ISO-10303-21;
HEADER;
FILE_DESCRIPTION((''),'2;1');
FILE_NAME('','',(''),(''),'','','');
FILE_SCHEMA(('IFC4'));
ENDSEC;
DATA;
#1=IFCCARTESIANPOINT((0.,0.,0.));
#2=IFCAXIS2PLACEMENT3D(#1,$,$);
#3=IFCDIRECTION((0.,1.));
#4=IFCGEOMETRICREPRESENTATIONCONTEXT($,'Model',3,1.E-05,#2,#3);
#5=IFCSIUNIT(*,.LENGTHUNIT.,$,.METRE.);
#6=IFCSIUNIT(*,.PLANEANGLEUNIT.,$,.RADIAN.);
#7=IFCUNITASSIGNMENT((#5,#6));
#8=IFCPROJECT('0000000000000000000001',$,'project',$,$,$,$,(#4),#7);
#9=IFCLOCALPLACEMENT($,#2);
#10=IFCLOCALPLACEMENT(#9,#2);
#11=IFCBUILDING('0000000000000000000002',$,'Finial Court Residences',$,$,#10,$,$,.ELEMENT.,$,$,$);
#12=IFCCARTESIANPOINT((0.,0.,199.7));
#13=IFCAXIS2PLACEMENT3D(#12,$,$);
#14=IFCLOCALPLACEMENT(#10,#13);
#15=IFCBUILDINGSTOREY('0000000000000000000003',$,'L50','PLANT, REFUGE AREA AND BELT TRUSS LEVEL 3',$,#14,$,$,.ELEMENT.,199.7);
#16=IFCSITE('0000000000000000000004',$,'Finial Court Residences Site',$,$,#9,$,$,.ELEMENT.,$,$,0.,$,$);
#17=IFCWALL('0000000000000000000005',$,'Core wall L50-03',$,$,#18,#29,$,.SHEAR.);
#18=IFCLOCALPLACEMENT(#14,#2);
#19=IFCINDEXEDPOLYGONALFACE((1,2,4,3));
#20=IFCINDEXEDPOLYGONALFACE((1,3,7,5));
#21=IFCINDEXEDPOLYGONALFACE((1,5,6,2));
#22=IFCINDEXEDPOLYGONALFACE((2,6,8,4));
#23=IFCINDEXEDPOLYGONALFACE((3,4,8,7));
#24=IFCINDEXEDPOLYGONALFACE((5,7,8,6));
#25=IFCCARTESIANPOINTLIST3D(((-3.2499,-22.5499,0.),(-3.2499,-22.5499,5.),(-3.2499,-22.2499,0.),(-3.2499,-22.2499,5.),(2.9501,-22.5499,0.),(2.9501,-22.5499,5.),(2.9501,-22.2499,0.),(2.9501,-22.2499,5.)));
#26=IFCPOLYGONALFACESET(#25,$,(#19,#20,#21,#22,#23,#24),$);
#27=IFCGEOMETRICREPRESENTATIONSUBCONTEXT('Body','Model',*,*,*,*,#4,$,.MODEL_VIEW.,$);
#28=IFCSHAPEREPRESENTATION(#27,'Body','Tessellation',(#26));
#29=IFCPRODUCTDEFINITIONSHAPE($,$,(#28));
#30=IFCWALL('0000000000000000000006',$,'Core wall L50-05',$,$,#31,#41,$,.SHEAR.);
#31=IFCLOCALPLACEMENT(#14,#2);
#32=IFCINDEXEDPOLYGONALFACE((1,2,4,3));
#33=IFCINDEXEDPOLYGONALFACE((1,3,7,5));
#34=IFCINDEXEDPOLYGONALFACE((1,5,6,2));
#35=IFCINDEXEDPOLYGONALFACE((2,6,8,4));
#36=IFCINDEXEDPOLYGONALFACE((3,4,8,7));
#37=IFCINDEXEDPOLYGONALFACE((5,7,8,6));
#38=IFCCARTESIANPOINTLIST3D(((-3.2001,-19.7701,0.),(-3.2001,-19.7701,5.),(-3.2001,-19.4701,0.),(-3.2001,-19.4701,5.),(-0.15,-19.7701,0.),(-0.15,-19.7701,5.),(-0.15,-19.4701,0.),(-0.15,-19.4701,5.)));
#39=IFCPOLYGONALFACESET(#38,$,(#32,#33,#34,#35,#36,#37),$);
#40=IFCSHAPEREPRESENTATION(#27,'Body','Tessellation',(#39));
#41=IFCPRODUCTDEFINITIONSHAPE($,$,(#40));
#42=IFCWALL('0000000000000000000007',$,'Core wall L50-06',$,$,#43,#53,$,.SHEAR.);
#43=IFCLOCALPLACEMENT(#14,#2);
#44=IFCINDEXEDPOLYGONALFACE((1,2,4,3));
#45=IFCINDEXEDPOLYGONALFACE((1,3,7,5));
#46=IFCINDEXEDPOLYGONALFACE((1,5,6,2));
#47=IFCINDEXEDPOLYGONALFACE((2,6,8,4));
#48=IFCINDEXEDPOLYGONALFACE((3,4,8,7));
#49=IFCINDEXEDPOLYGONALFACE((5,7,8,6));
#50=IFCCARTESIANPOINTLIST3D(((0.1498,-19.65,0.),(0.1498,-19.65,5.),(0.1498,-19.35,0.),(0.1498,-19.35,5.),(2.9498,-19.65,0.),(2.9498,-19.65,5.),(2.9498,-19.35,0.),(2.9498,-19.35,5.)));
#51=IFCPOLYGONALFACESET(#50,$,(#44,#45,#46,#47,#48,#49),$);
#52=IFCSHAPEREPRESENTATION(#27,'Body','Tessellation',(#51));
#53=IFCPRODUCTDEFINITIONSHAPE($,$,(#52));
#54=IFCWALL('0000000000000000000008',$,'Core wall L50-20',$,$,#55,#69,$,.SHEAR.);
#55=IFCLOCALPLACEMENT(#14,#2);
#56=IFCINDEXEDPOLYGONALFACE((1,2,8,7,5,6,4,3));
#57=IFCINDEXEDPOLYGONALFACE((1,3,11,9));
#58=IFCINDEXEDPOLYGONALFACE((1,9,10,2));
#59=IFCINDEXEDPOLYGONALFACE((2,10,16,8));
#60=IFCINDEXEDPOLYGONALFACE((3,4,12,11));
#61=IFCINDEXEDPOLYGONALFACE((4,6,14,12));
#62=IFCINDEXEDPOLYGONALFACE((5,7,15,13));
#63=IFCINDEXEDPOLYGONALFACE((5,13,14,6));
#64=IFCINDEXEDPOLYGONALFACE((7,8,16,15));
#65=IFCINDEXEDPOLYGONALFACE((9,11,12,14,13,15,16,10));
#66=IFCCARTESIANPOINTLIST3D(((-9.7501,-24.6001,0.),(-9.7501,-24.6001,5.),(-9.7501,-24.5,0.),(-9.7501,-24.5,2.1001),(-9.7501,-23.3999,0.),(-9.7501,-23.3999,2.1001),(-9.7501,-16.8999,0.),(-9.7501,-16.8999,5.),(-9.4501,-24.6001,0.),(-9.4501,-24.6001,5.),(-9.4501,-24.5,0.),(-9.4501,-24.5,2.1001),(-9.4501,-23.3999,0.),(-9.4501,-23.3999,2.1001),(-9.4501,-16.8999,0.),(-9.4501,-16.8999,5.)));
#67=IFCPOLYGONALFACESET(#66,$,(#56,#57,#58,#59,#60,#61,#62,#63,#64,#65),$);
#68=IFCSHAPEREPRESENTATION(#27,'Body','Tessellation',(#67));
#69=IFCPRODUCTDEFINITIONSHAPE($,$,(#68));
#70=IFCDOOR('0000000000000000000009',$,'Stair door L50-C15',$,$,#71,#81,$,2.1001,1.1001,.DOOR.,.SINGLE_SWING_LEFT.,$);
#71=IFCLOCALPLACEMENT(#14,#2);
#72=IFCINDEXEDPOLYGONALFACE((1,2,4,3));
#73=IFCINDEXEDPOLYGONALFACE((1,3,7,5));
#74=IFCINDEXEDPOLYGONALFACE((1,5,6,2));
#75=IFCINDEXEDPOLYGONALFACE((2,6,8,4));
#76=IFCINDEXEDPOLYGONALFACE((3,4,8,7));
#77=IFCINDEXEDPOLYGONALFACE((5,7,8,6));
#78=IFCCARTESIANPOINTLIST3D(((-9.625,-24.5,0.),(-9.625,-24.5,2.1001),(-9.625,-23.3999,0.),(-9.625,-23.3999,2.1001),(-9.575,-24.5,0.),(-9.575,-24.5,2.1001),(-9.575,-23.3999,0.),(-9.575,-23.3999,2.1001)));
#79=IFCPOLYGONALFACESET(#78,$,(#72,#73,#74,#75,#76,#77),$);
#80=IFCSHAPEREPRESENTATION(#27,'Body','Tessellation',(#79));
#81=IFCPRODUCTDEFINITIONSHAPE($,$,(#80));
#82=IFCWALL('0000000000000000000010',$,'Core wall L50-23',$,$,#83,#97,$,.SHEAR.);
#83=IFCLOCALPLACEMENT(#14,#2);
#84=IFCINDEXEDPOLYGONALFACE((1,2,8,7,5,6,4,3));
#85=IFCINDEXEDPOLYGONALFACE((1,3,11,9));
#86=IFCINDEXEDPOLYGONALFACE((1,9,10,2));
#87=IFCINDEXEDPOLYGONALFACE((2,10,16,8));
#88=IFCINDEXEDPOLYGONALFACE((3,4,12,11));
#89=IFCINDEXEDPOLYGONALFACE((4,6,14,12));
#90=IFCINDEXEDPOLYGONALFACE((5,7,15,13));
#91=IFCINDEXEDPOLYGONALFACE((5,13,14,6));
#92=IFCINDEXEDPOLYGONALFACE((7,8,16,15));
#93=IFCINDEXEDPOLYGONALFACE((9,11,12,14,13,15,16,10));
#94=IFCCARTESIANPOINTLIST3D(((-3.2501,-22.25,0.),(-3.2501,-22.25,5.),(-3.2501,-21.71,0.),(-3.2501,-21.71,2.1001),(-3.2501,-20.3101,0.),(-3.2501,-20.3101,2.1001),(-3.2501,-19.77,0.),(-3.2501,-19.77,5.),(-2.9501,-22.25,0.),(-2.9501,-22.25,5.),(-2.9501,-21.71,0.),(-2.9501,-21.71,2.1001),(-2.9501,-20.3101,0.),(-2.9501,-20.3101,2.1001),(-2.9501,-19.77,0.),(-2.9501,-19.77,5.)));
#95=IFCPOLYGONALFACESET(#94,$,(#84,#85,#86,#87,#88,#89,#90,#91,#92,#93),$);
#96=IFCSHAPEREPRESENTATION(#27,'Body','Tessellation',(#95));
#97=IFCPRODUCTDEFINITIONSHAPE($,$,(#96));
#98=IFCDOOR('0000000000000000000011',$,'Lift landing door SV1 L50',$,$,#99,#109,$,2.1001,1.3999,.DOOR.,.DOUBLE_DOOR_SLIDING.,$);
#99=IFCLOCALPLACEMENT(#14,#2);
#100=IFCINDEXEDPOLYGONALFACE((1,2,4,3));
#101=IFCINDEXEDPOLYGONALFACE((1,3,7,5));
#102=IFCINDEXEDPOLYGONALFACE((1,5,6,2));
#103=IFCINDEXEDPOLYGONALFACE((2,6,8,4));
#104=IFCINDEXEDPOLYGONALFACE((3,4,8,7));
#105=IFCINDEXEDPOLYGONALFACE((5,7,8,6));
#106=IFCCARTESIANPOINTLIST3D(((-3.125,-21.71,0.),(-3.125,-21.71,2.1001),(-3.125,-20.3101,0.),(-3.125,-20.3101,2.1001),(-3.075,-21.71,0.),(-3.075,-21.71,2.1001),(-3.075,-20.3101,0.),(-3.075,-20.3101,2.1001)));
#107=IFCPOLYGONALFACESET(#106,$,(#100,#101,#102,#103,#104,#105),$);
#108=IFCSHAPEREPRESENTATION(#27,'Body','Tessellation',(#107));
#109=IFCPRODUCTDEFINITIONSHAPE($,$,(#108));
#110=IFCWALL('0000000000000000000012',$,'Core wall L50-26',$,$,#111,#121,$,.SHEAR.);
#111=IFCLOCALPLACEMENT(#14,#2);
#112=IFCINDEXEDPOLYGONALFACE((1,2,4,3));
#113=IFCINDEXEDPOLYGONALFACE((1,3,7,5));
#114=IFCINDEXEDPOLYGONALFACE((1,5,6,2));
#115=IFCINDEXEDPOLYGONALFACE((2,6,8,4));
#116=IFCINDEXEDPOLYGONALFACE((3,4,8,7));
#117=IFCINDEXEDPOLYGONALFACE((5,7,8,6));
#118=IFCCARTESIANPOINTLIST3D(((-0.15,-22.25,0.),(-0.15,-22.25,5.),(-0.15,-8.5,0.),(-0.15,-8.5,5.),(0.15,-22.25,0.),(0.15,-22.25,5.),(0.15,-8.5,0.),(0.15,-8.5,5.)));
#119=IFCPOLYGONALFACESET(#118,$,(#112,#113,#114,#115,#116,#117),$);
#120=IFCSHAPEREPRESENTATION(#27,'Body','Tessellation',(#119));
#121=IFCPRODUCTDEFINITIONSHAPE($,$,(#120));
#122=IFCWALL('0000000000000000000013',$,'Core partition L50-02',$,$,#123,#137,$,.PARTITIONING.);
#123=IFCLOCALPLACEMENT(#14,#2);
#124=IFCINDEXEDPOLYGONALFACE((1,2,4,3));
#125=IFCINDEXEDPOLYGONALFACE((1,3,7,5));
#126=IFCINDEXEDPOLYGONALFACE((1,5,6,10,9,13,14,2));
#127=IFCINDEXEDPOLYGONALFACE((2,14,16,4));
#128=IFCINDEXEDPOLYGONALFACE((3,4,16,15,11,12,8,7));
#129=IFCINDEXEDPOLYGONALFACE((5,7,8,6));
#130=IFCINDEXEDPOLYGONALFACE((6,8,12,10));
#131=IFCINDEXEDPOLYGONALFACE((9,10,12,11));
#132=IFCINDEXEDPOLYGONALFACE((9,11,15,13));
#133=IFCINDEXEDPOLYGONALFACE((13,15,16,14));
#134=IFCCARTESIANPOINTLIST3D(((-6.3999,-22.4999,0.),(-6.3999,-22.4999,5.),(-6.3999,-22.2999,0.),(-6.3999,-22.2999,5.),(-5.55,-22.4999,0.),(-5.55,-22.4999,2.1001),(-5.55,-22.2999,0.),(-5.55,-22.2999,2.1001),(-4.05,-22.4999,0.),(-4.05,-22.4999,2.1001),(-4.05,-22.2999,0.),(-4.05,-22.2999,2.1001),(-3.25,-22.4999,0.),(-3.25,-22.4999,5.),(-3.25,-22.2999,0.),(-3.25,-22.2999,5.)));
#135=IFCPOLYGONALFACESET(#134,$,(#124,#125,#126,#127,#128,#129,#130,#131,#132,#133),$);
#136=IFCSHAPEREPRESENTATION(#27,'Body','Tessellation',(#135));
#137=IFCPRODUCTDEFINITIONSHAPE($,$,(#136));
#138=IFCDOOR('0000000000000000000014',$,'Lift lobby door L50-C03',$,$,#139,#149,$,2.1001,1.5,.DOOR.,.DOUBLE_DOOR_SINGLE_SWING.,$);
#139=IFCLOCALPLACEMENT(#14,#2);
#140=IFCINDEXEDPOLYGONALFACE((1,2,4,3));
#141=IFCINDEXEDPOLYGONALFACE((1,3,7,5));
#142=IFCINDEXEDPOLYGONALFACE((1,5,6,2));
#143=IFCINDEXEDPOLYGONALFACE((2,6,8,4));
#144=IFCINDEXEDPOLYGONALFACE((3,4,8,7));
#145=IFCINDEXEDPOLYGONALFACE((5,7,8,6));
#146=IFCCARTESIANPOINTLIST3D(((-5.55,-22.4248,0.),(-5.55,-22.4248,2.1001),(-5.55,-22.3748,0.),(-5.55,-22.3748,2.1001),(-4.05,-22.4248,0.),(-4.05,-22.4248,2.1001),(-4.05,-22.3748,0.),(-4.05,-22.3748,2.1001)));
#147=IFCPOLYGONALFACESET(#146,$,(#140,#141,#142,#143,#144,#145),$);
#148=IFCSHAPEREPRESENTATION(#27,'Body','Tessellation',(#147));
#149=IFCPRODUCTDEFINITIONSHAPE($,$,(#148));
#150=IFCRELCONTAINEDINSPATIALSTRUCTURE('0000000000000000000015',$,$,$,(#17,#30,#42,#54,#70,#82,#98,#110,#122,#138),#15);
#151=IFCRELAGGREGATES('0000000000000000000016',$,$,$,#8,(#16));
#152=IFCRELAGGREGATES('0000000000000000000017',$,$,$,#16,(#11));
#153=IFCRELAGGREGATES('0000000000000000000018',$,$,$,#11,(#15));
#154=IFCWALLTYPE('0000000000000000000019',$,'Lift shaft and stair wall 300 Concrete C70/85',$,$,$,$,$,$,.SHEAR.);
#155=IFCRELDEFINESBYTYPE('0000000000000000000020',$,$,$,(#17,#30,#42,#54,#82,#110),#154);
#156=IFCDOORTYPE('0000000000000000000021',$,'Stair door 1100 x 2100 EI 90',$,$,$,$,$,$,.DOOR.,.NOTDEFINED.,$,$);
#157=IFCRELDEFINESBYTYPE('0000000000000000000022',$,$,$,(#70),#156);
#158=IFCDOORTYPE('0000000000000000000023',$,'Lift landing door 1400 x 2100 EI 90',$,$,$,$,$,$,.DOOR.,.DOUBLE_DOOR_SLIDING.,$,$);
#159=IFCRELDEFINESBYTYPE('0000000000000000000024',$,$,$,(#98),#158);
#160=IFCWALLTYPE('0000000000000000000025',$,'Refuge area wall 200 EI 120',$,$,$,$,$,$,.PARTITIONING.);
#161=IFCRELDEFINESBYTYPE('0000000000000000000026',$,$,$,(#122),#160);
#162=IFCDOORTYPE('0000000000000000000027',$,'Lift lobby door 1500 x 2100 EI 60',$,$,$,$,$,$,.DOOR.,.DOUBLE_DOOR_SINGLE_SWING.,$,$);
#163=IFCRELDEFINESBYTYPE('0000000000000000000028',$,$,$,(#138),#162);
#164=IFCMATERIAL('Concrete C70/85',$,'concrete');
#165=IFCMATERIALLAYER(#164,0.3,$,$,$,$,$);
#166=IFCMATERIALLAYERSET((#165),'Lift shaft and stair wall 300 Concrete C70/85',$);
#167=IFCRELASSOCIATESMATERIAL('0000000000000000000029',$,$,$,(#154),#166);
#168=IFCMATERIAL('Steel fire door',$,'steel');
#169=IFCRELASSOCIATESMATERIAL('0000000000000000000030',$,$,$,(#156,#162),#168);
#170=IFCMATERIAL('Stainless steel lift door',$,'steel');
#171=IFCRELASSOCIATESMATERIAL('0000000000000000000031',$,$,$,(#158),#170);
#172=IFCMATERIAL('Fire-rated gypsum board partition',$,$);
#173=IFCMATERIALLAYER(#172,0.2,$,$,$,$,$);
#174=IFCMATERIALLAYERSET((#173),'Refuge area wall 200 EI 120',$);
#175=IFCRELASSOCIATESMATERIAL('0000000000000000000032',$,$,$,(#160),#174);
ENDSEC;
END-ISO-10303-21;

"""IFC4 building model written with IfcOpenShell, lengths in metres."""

from ifc_helpers import new_model, si_unit, direction, frame, frame_2d, origin, place, context, subcontext, project, spatial, rectangle, extrude, material, layer, layer_set, type_object, element, fill, save


model = new_model("IFC4")

# Units and contexts
model_context = context("Model", 3, precision=1e-05, world=origin(), true_north=direction((0.0, 1.0)))
body_context = subcontext(model_context, "Body", "Model", "MODEL_VIEW")
ifc_project = project(units=[si_unit("LENGTHUNIT", "METRE"), si_unit("PLANEANGLEUNIT", "RADIAN")], contexts=[model_context])

# Site, building, storey
site_placement = place(None, origin())
site = spatial("IfcSite", under=ifc_project, at=site_placement, Name="Finial Court Residences Site", CompositionType="ELEMENT", RefElevation=0.0)
building_placement = place(site_placement, origin())
building = spatial("IfcBuilding", under=site, at=building_placement, Name="Finial Court Residences", CompositionType="ELEMENT")
storey_placement = place(building_placement, frame((0.0, 0.0, 199.7)))
storey = spatial("IfcBuildingStorey", under=building, at=storey_placement, Name="L50", Description="PLANT, REFUGE AREA AND BELT TRUSS LEVEL 3", CompositionType="ELEMENT", Elevation=199.7)

# Walls
ifc_material_1 = material(Name="Concrete C70/85", Category="concrete")
ifc_layer_1 = layer(ifc_material_1, 0.3)
ifc_layer_set_1 = layer_set([ifc_layer_1], Name="Lift shaft and stair wall 300 Concrete C70/85")
wall_type_1 = type_object("IfcWallType", Name="Lift shaft and stair wall 300 Concrete C70/85", PredefinedType="SHEAR", material=ifc_layer_set_1)
wall_1_placement = place(storey_placement, frame((-3.25, -22.3999, 0.0), z_axis=(0.0, 0.0, 1.0), x_axis=(1.0, 0.0, 0.0)))
element("IfcWall", 1, at=wall_1_placement, inside=storey, type_object=wall_type_1, Name="Core wall L50-03", PredefinedType="SHEAR", context=body_context, shape_type="SweptSolid", body=[
    extrude(rectangle(XDim=6.2, YDim=0.3, at=frame_2d((3.1001, 0.0))), origin(), (0.0, 0.0, 1.0), 5.0),
])
wall_2_placement = place(storey_placement, frame((-3.2, -19.6201, 0.0), z_axis=(0.0, 0.0, 1.0), x_axis=(1.0, 0.0, 0.0)))
element("IfcWall", 2, at=wall_2_placement, inside=storey, type_object=wall_type_1, Name="Core wall L50-05", PredefinedType="SHEAR", context=body_context, shape_type="SweptSolid", body=[
    extrude(rectangle(XDim=3.05, YDim=0.3, at=frame_2d((1.5249, 0.0))), origin(), (0.0, 0.0, 1.0), 5.0),
])
wall_3_placement = place(storey_placement, frame((0.1499, -19.5, 0.0), z_axis=(0.0, 0.0, 1.0), x_axis=(1.0, 0.0, 0.0)))
element("IfcWall", 3, at=wall_3_placement, inside=storey, type_object=wall_type_1, Name="Core wall L50-06", PredefinedType="SHEAR", context=body_context, shape_type="SweptSolid", body=[
    extrude(rectangle(XDim=2.8, YDim=0.3, at=frame_2d((1.3999, 0.0))), origin(), (0.0, 0.0, 1.0), 5.0),
])

# Walls, openings, doors
wall_4_placement = place(storey_placement, frame((-9.6001, -24.6001, 0.0), z_axis=(0.0, 0.0, 1.0), x_axis=(0.0, 1.0, 0.0)))
wall_4 = element("IfcWall", 4, at=wall_4_placement, inside=storey, type_object=wall_type_1, Name="Core wall L50-20", PredefinedType="SHEAR", context=body_context, shape_type="SweptSolid", body=[
    extrude(rectangle(XDim=7.7002, YDim=0.3, at=frame_2d((3.8501, 0.0))), origin(), (0.0, 0.0, 1.0), 5.0),
])
opening_1_placement = place(wall_4_placement, frame((0.1001, 0.0, 0.0)))
opening_1 = element("IfcOpeningElement", 5, at=opening_1_placement, cuts=wall_4, PredefinedType="OPENING", context=body_context, shape_type="SweptSolid", body=[
    extrude(rectangle(XDim=1.1001, YDim=2.1001, at=frame_2d((0.55, 1.05))), frame((0.0, 0.1599, 0.0), z_axis=(0.0, -1.0, 0.0), x_axis=(1.0, 0.0, 0.0)), (0.0, 0.0, 1.0), 0.3201),
])
ifc_material_2 = material(Name="Steel fire door", Category="steel")
door_type_1 = type_object("IfcDoorType", Name="Stair door 1100 x 2100 EI 90", OperationType="NOTDEFINED", PredefinedType="DOOR", material=ifc_material_2)
door_1_placement = place(opening_1_placement, origin())
door_1 = element("IfcDoor", 6, at=door_1_placement, inside=storey, type_object=door_type_1, Name="Stair door L50-C15", OperationType="SINGLE_SWING_LEFT", OverallHeight=2.1001, OverallWidth=1.1001, PredefinedType="DOOR", context=body_context, shape_type="SweptSolid", body=[
    extrude(rectangle(XDim=1.1001, YDim=2.1001, at=frame_2d((0.55, 1.05))), frame((0.0, 0.0249, 0.0), z_axis=(0.0, -1.0, 0.0), x_axis=(1.0, 0.0, 0.0)), (0.0, 0.0, 1.0), 0.05),
])
fill(opening_1, door_1)
wall_5_placement = place(storey_placement, frame((-3.1001, -22.25, 0.0), z_axis=(0.0, 0.0, 1.0), x_axis=(0.0, 1.0, 0.0)))
wall_5 = element("IfcWall", 7, at=wall_5_placement, inside=storey, type_object=wall_type_1, Name="Core wall L50-23", PredefinedType="SHEAR", context=body_context, shape_type="SweptSolid", body=[
    extrude(rectangle(XDim=2.48, YDim=0.3, at=frame_2d((1.24, 0.0))), origin(), (0.0, 0.0, 1.0), 5.0),
])
opening_2_placement = place(wall_5_placement, frame((0.54, 0.0, 0.0)))
opening_2 = element("IfcOpeningElement", 8, at=opening_2_placement, cuts=wall_5, PredefinedType="OPENING", context=body_context, shape_type="SweptSolid", body=[
    extrude(rectangle(XDim=1.3999, YDim=2.1001, at=frame_2d((0.7, 1.05))), frame((0.0, 0.1599, 0.0), z_axis=(0.0, -1.0, 0.0), x_axis=(1.0, 0.0, 0.0)), (0.0, 0.0, 1.0), 0.3201),
])
ifc_material_3 = material(Name="Stainless steel lift door", Category="steel")
door_type_2 = type_object("IfcDoorType", Name="Lift landing door 1400 x 2100 EI 90", OperationType="DOUBLE_DOOR_SLIDING", PredefinedType="DOOR", material=ifc_material_3)
door_2_placement = place(opening_2_placement, origin())
door_2 = element("IfcDoor", 9, at=door_2_placement, inside=storey, type_object=door_type_2, Name="Lift landing door SV1 L50", OperationType="DOUBLE_DOOR_SLIDING", OverallHeight=2.1001, OverallWidth=1.3999, PredefinedType="DOOR", context=body_context, shape_type="SweptSolid", body=[
    extrude(rectangle(XDim=1.3999, YDim=2.1001, at=frame_2d((0.7, 1.05))), frame((0.0, 0.0249, 0.0), z_axis=(0.0, -1.0, 0.0), x_axis=(1.0, 0.0, 0.0)), (0.0, 0.0, 1.0), 0.05),
])
fill(opening_2, door_2)

# Wall
wall_6_placement = place(storey_placement, frame((0.0, -22.25, 0.0), z_axis=(0.0, 0.0, 1.0), x_axis=(0.0, 1.0, 0.0)))
element("IfcWall", 10, at=wall_6_placement, inside=storey, type_object=wall_type_1, Name="Core wall L50-26", PredefinedType="SHEAR", context=body_context, shape_type="SweptSolid", body=[
    extrude(rectangle(XDim=13.75, YDim=0.3, at=frame_2d((6.875, 0.0))), origin(), (0.0, 0.0, 1.0), 5.0),
])

# Wall, opening, door
ifc_material_4 = material(Name="Fire-rated gypsum board partition")
ifc_layer_2 = layer(ifc_material_4, 0.2)
ifc_layer_set_2 = layer_set([ifc_layer_2], Name="Refuge area wall 200 EI 120")
wall_type_2 = type_object("IfcWallType", Name="Refuge area wall 200 EI 120", PredefinedType="PARTITIONING", material=ifc_layer_set_2)
wall_7_placement = place(storey_placement, frame((-3.25, -22.3999, 0.0), z_axis=(0.0, 0.0, 1.0), x_axis=(-1.0, 0.0, 0.0)))
wall_7 = element("IfcWall", 11, at=wall_7_placement, inside=storey, type_object=wall_type_2, Name="Core partition L50-02", PredefinedType="PARTITIONING", context=body_context, shape_type="SweptSolid", body=[
    extrude(rectangle(XDim=3.1499, YDim=0.2, at=frame_2d((1.575, 0.0))), origin(), (0.0, 0.0, 1.0), 5.0),
])
opening_3_placement = place(wall_7_placement, frame((0.8, 0.0, 0.0)))
opening_3 = element("IfcOpeningElement", 12, at=opening_3_placement, cuts=wall_7, PredefinedType="OPENING", context=body_context, shape_type="SweptSolid", body=[
    extrude(rectangle(XDim=1.5, YDim=2.1001, at=frame_2d((0.75, 1.05))), frame((0.0, 0.1099, 0.0), z_axis=(0.0, -1.0, 0.0), x_axis=(1.0, 0.0, 0.0)), (0.0, 0.0, 1.0), 0.22),
])
door_type_3 = type_object("IfcDoorType", Name="Lift lobby door 1500 x 2100 EI 60", OperationType="DOUBLE_DOOR_SINGLE_SWING", PredefinedType="DOOR", material=ifc_material_2)
door_3_placement = place(opening_3_placement, origin())
door_3 = element("IfcDoor", 13, at=door_3_placement, inside=storey, type_object=door_type_3, Name="Lift lobby door L50-C03", OperationType="DOUBLE_DOOR_SINGLE_SWING", OverallHeight=2.1001, OverallWidth=1.5, PredefinedType="DOOR", context=body_context, shape_type="SweptSolid", body=[
    extrude(rectangle(XDim=1.5, YDim=2.1001, at=frame_2d((0.75, 1.05))), frame((0.0, 0.0249, 0.0), z_axis=(0.0, -1.0, 0.0), x_axis=(1.0, 0.0, 0.0)), (0.0, 0.0, 1.0), 0.05),
])
fill(opening_3, door_3)

save(model, "model.ifc")
